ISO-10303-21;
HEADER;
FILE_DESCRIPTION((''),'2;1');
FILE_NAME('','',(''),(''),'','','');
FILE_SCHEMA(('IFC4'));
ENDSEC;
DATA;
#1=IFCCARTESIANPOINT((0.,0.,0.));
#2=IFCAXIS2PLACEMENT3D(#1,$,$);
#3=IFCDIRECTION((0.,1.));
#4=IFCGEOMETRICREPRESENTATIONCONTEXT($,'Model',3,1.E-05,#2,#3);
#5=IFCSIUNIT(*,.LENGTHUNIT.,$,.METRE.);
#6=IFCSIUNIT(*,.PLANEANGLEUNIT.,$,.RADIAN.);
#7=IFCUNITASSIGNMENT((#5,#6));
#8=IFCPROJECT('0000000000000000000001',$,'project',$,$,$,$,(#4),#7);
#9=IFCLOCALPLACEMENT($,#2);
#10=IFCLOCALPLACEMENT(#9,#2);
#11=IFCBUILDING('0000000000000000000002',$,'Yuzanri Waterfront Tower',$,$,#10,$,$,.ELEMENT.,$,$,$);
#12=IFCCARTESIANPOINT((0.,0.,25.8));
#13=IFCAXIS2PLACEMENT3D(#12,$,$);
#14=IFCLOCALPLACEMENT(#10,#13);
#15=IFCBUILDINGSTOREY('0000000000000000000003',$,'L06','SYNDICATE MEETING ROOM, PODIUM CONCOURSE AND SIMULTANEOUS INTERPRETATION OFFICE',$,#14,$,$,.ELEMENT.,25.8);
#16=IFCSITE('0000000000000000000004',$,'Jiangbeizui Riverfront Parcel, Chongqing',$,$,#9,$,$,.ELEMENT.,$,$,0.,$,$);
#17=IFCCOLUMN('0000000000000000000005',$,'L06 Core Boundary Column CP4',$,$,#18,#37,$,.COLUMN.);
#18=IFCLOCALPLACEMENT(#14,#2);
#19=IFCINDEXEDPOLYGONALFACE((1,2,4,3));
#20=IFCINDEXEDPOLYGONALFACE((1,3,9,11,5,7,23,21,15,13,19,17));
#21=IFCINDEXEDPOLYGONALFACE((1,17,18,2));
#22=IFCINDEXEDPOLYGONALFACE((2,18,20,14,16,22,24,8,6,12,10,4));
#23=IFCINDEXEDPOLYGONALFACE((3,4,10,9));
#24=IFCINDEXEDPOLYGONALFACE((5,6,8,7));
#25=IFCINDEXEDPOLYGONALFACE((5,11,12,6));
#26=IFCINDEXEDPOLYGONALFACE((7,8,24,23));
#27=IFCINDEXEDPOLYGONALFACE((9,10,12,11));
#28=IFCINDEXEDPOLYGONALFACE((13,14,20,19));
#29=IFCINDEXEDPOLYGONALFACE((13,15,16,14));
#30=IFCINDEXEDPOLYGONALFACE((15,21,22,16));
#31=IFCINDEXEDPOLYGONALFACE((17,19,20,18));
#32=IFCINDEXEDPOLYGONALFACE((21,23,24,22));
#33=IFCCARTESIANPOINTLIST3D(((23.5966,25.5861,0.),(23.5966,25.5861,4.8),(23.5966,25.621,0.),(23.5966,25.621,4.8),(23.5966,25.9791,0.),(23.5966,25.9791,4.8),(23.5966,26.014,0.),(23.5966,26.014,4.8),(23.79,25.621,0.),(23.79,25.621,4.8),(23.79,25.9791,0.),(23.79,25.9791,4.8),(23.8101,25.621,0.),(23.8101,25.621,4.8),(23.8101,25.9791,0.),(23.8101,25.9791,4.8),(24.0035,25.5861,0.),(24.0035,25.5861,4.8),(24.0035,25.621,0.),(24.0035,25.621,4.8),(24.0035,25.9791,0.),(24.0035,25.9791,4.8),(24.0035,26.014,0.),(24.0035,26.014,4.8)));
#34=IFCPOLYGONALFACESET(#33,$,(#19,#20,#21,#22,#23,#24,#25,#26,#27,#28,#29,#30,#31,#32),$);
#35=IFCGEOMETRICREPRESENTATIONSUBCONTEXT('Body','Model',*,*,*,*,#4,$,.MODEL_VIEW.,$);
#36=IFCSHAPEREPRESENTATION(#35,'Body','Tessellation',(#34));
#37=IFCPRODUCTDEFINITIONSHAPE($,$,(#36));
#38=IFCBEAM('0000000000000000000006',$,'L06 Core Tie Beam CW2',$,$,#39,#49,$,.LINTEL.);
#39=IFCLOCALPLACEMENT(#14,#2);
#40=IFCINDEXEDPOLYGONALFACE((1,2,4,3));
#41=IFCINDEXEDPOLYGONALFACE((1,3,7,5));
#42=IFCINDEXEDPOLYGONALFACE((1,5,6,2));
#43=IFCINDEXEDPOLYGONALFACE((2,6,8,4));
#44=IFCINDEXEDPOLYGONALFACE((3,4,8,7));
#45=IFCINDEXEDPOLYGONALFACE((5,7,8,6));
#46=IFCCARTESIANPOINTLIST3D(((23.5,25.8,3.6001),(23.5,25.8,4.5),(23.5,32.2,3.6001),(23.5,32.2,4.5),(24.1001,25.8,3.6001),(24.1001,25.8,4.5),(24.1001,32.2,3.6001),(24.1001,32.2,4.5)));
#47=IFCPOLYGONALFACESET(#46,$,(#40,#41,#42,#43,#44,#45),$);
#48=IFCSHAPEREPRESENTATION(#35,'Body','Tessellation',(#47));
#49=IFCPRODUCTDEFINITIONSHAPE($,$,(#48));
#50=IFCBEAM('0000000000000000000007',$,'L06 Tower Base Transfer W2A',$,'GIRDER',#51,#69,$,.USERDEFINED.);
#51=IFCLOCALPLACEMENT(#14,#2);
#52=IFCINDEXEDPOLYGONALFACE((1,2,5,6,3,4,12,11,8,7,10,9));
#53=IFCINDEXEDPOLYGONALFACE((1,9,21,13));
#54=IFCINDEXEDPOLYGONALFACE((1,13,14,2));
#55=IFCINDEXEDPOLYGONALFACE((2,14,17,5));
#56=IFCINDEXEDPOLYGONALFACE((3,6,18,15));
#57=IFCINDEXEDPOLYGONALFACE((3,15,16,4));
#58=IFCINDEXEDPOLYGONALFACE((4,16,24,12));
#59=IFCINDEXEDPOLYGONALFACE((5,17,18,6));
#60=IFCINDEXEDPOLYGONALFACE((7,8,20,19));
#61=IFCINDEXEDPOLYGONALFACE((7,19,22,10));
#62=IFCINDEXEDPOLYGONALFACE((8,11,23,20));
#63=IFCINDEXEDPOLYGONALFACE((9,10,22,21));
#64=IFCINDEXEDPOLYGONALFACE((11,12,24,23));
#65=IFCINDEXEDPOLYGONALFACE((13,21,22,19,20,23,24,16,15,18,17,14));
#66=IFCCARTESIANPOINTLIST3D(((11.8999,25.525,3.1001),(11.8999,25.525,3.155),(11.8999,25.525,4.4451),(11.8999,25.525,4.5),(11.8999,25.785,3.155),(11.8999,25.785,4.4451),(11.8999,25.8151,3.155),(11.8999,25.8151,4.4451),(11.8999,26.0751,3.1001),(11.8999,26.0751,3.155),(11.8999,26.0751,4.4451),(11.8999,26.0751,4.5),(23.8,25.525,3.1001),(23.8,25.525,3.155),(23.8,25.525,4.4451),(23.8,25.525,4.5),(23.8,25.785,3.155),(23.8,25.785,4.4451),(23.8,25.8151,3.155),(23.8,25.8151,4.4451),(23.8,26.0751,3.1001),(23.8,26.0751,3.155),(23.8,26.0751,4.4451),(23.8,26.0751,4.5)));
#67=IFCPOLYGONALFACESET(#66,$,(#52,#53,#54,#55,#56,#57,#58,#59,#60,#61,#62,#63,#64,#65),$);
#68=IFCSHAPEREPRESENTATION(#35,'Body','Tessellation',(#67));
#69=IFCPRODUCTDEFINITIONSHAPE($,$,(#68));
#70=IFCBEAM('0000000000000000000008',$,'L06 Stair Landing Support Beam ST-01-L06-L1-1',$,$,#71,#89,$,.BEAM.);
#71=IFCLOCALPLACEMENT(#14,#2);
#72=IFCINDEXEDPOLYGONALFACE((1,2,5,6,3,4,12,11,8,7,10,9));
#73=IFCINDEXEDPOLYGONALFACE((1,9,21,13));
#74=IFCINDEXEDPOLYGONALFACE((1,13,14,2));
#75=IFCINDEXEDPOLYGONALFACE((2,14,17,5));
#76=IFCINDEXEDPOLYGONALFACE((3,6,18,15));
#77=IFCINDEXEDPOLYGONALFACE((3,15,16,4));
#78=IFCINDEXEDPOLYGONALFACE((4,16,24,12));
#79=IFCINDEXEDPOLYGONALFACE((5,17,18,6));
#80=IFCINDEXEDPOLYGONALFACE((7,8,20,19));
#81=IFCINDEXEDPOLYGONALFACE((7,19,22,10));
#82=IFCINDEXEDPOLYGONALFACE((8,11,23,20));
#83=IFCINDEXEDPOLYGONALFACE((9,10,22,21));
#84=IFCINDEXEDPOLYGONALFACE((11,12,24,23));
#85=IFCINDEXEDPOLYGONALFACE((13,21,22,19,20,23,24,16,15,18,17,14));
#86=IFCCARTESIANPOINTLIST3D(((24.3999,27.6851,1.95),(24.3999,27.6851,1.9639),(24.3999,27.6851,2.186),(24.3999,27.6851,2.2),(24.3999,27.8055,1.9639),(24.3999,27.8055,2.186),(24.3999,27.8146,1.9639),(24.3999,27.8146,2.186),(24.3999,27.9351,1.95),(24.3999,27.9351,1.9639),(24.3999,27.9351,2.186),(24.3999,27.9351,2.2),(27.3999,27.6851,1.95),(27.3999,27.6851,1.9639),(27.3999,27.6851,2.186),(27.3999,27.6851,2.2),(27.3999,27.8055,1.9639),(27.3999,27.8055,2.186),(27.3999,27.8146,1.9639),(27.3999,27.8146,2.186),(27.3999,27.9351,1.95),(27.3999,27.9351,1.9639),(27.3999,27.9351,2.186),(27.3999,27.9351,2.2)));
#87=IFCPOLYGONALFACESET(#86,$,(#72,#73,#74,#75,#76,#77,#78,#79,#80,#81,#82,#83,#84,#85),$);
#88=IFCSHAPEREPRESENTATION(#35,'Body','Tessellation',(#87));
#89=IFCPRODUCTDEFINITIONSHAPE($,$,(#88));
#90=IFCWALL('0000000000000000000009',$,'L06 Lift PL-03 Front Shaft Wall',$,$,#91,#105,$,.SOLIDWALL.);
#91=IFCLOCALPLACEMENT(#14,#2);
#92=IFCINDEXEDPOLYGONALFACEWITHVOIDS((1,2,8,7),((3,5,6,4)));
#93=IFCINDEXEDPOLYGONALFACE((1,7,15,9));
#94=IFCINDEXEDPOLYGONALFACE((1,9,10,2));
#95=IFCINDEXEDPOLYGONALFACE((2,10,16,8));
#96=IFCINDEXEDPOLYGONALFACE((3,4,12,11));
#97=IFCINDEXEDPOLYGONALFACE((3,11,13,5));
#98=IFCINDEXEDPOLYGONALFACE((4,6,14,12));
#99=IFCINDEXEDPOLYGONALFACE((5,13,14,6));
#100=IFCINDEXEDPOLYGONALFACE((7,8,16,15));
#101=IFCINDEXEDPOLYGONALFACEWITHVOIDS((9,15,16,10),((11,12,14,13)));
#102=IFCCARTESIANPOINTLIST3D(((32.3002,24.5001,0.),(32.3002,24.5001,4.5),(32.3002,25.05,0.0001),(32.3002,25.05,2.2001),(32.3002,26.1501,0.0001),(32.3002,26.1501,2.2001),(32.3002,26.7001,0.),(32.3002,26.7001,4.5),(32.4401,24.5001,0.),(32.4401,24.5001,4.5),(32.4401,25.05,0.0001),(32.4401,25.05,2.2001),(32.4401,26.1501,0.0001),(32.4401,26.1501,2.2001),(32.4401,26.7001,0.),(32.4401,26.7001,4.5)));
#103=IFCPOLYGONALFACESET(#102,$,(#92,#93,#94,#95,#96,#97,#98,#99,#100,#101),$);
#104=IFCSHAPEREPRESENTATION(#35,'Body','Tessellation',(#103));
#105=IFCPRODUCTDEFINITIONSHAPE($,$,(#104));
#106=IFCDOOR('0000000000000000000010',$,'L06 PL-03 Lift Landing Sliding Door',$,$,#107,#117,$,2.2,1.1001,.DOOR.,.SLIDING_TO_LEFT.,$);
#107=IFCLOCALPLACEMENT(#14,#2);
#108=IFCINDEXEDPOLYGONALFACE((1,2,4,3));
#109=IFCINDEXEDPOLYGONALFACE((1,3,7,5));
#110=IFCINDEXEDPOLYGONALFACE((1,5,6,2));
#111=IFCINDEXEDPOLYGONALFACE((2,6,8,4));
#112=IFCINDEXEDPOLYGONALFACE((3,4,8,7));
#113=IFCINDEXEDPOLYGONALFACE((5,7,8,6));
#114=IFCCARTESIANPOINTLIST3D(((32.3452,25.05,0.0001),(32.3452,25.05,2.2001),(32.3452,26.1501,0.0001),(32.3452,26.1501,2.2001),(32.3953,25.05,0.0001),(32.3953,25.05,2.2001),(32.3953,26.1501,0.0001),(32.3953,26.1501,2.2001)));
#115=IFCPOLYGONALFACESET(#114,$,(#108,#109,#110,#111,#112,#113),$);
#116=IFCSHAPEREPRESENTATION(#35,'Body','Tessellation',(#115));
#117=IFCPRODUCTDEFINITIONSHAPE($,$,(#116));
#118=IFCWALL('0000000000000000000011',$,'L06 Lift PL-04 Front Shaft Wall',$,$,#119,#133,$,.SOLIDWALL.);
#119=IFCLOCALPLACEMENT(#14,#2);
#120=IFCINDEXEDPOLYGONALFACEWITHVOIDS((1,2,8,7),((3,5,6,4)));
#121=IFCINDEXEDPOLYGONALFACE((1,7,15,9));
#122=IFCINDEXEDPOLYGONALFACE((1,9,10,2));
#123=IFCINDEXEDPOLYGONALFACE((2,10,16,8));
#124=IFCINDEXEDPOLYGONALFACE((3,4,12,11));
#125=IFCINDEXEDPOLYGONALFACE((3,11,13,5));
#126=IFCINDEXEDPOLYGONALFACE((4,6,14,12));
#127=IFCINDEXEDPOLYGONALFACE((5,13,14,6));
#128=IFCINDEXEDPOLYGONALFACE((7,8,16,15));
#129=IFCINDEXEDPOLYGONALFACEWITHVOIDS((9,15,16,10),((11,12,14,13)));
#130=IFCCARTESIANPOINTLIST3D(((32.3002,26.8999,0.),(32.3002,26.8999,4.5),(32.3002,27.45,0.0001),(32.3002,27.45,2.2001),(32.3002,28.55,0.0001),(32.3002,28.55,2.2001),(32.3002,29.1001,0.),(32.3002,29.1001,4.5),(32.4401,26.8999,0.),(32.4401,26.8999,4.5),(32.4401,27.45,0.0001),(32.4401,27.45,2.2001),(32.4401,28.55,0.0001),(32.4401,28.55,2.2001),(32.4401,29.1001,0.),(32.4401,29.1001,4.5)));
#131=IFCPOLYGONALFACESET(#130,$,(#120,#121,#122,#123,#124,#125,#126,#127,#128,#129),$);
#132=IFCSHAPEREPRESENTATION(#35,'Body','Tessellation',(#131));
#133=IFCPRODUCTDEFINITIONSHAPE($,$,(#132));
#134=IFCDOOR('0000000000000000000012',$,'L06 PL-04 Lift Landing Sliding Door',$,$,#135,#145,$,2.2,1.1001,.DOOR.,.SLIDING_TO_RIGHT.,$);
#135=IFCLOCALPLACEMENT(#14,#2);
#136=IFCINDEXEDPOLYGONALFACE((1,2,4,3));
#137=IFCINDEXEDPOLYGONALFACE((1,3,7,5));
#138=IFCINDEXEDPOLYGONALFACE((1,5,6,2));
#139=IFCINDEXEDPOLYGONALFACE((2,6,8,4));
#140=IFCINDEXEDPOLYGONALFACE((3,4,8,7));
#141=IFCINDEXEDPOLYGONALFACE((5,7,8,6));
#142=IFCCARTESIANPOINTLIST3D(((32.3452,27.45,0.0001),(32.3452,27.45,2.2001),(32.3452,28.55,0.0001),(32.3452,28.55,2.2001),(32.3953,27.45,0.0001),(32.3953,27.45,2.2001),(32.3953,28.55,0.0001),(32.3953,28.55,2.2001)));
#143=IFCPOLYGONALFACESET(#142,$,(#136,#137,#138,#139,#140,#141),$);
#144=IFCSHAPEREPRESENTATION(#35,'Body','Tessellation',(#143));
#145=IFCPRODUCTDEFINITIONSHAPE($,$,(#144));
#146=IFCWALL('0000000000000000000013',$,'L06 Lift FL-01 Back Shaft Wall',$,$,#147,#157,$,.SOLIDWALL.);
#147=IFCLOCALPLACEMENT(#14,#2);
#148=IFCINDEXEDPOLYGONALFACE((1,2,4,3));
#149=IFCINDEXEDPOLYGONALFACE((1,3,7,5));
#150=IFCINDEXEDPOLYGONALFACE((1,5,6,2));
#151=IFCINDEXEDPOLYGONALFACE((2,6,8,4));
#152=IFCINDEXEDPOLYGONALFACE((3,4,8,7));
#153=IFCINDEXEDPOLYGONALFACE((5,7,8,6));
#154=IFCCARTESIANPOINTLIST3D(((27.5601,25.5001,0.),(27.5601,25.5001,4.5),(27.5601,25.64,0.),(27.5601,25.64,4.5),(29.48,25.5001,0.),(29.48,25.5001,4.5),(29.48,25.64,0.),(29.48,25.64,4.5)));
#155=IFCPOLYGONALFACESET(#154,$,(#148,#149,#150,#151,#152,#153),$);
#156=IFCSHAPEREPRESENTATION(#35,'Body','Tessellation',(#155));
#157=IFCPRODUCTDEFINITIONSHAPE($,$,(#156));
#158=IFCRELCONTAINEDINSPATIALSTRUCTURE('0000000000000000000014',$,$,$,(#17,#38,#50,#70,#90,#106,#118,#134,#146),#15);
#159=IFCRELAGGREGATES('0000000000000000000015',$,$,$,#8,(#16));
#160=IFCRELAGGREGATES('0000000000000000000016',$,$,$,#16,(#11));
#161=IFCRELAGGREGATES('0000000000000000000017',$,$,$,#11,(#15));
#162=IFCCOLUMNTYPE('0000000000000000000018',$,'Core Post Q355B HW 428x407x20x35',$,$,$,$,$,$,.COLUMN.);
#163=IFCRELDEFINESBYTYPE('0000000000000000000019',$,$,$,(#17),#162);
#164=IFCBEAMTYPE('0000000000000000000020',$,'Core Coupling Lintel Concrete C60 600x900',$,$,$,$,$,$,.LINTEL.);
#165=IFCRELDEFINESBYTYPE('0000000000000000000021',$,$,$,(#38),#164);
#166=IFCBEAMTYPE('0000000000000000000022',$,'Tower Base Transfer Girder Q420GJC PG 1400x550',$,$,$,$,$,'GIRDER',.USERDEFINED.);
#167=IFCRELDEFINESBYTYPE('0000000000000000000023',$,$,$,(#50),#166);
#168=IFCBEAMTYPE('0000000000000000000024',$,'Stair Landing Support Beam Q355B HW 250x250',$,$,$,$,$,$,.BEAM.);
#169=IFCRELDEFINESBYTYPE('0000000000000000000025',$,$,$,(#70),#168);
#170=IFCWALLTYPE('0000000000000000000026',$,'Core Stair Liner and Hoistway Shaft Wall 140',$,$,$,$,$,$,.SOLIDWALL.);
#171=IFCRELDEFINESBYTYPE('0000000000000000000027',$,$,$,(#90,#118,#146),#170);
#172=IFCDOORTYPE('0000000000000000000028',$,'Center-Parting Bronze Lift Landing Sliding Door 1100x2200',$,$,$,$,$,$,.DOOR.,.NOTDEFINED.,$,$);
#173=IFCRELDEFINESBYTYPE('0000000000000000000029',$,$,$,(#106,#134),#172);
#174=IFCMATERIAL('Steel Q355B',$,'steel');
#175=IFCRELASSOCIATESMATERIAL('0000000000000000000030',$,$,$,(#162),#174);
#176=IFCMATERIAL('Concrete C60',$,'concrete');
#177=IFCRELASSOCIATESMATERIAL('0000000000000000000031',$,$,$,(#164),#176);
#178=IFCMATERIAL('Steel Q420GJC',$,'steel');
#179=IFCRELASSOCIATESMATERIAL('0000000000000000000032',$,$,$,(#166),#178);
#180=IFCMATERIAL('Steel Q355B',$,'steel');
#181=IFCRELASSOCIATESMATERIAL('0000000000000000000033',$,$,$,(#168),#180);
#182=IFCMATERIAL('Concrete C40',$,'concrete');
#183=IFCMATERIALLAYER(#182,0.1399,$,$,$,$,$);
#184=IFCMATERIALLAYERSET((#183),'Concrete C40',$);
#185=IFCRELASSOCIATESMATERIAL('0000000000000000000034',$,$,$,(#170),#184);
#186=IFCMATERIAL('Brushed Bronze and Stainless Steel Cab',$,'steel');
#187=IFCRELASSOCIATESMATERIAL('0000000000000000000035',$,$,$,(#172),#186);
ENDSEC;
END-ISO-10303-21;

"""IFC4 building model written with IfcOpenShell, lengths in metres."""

from ifc_helpers import new_model, si_unit, direction, frame, frame_2d, origin, origin_2d, place, context, subcontext, project, spatial, rectangle, i_section, extrude, source, transform, mapped, material, layer, layer_set, material_profile, profile_set, type_object, element, fill, save


model = new_model("IFC4")

# Units and contexts
model_context = context("Model", 3, precision=1e-05, world=origin(), true_north=direction((0.0, 1.0)))
body_context = subcontext(model_context, "Body", "Model", "MODEL_VIEW")
ifc_project = project(units=[si_unit("LENGTHUNIT", "METRE"), si_unit("PLANEANGLEUNIT", "RADIAN")], contexts=[model_context])

# Site, building, storey
site_placement = place(None, origin())
site = spatial("IfcSite", under=ifc_project, at=site_placement, Name="Jiangbeizui Riverfront Parcel, Chongqing", CompositionType="ELEMENT", RefElevation=0.0)
building_placement = place(site_placement, origin())
building = spatial("IfcBuilding", under=site, at=building_placement, Name="Yuzanri Waterfront Tower", CompositionType="ELEMENT")
storey_placement = place(building_placement, frame((0.0, 0.0, 25.8)))
storey = spatial("IfcBuildingStorey", under=building, at=storey_placement, Name="L06", Description="SYNDICATE MEETING ROOM, PODIUM CONCOURSE AND SIMULTANEOUS INTERPRETATION OFFICE", CompositionType="ELEMENT", Elevation=25.8)

# Column
ifc_material_1 = material(Name="Steel Q355B", Category="steel")
ifc_material_profile_1 = material_profile(ifc_material_1, i_section(OverallWidth=0.407, OverallDepth=0.428, WebThickness=0.02, FlangeThickness=0.0349, at=origin_2d()), Name="HW 428x407x20x35")
ifc_profile_set_1 = profile_set([ifc_material_profile_1], Name="Steel Q355B")
column_type = type_object("IfcColumnType", Name="Core Post Q355B HW 428x407x20x35", PredefinedType="COLUMN", material=ifc_profile_set_1)
shared_shape_1 = source(origin(), body_context, "Body", "SweptSolid", [
    extrude(i_section(OverallWidth=0.407, OverallDepth=0.428, WebThickness=0.02, FlangeThickness=0.0349, at=origin_2d()), origin(), (0.0, 0.0, 1.0), 4.8),
])
column_placement = place(storey_placement, frame((23.8, 25.8, 0.0), z_axis=(0.0, 0.0, 1.0), x_axis=(1.0, 0.0, 0.0)))
element("IfcColumn", 1, at=column_placement, inside=storey, type_object=column_type, Name="L06 Core Boundary Column CP4", PredefinedType="COLUMN", context=body_context, shape_type="MappedRepresentation", body=[
    mapped(shared_shape_1, transform((0.0, 0.0, 0.0), scale=1.0)),
])

# Beams
ifc_material_2 = material(Name="Concrete C60", Category="concrete")
ifc_material_profile_2 = material_profile(ifc_material_2, rectangle(XDim=0.6001, YDim=0.8999, at=origin_2d()), Name="RC 600x900")
ifc_profile_set_2 = profile_set([ifc_material_profile_2], Name="Concrete C60")
beam_type_1 = type_object("IfcBeamType", Name="Core Coupling Lintel Concrete C60 600x900", PredefinedType="LINTEL", material=ifc_profile_set_2)
shared_shape_2 = source(origin(), body_context, "Body", "SweptSolid", [
    extrude(rectangle(XDim=0.6001, YDim=0.8999, at=origin_2d()), origin(), (0.0, 0.0, 1.0), 6.3999),
])
beam_1_placement = place(storey_placement, frame((23.8, 25.8, 4.05), z_axis=(0.0, 1.0, 0.0), x_axis=(-1.0, 0.0, 0.0)))
element("IfcBeam", 2, at=beam_1_placement, inside=storey, type_object=beam_type_1, Name="L06 Core Tie Beam CW2", PredefinedType="LINTEL", context=body_context, shape_type="MappedRepresentation", body=[
    mapped(shared_shape_2, transform((0.0, 0.0, 0.0), scale=1.0)),
])
ifc_material_3 = material(Name="Steel Q420GJC", Category="steel")
ifc_material_profile_3 = material_profile(ifc_material_3, i_section(OverallWidth=0.55, OverallDepth=1.3999, WebThickness=0.03, FlangeThickness=0.0549, at=origin_2d()), Name="PG 1400x550x30x55")
ifc_profile_set_3 = profile_set([ifc_material_profile_3], Name="Steel Q420GJC")
beam_type_2 = type_object("IfcBeamType", Name="Tower Base Transfer Girder Q420GJC PG 1400x550", ElementType="GIRDER", PredefinedType="USERDEFINED", material=ifc_profile_set_3)
shared_shape_3 = source(origin(), body_context, "Body", "SweptSolid", [
    extrude(i_section(OverallWidth=0.55, OverallDepth=1.3999, WebThickness=0.03, FlangeThickness=0.0549, at=origin_2d()), origin(), (0.0, 0.0, 1.0), 11.9001),
])
beam_2_placement = place(storey_placement, frame((23.8, 25.8, 3.8), z_axis=(-1.0, 0.0, 0.0), x_axis=(0.0, -1.0, 0.0)))
element("IfcBeam", 3, at=beam_2_placement, inside=storey, type_object=beam_type_2, Name="L06 Tower Base Transfer W2A", ObjectType="GIRDER", PredefinedType="USERDEFINED", context=body_context, shape_type="MappedRepresentation", body=[
    mapped(shared_shape_3, transform((0.0, 0.0, 0.0), scale=1.0)),
])
ifc_material_4 = material(Name="Steel Q355B", Category="steel")
ifc_material_profile_4 = material_profile(ifc_material_4, i_section(OverallWidth=0.25, OverallDepth=0.25, WebThickness=0.009, FlangeThickness=0.0139, at=origin_2d()), Name="HW 250x250x9x14")
ifc_profile_set_4 = profile_set([ifc_material_profile_4], Name="Steel Q355B")
beam_type_3 = type_object("IfcBeamType", Name="Stair Landing Support Beam Q355B HW 250x250", PredefinedType="BEAM", material=ifc_profile_set_4)
shared_shape_4 = source(origin(), body_context, "Body", "SweptSolid", [
    extrude(i_section(OverallWidth=0.25, OverallDepth=0.25, WebThickness=0.009, FlangeThickness=0.0139, at=origin_2d()), origin(), (0.0, 0.0, 1.0), 3.0),
])
beam_3_placement = place(storey_placement, frame((24.3999, 27.8101, 2.075), z_axis=(1.0, 0.0, 0.0), x_axis=(0.0, 1.0, 0.0)))
element("IfcBeam", 4, at=beam_3_placement, inside=storey, type_object=beam_type_3, Name="L06 Stair Landing Support Beam ST-01-L06-L1-1", PredefinedType="BEAM", context=body_context, shape_type="MappedRepresentation", body=[
    mapped(shared_shape_4, transform((0.0, 0.0, 0.0), scale=1.0)),
])

# Walls, openings, doors
ifc_material_5 = material(Name="Concrete C40", Category="concrete")
ifc_layer_1 = layer(ifc_material_5, 0.1399)
ifc_layer_set_1 = layer_set([ifc_layer_1], Name="Concrete C40")
wall_type_1 = type_object("IfcWallType", Name="Core Stair Liner and Hoistway Shaft Wall 140", PredefinedType="SOLIDWALL", material=ifc_layer_set_1)
wall_1_placement = place(storey_placement, frame((32.3701, 24.5, 0.0), z_axis=(0.0, 0.0, 1.0), x_axis=(0.0, 1.0, 0.0)))
wall_1 = element("IfcWall", 5, at=wall_1_placement, inside=storey, type_object=wall_type_1, Name="L06 Lift PL-03 Front Shaft Wall", PredefinedType="SOLIDWALL", context=body_context, shape_type="SweptSolid", body=[
    extrude(rectangle(XDim=2.2, YDim=0.1399, at=frame_2d((1.1001, 0.0))), origin(), (0.0, 0.0, 1.0), 4.5),
])
opening_1_placement = place(wall_1_placement, frame((0.55, 0.0, 0.0)))
opening_1 = element("IfcOpeningElement", 6, at=opening_1_placement, cuts=wall_1, PredefinedType="OPENING", context=body_context, shape_type="SweptSolid", body=[
    extrude(rectangle(XDim=1.1001, YDim=2.2, at=frame_2d((0.55, 1.1001))), frame((0.0, 0.085, 0.0), z_axis=(0.0, -1.0, 0.0), x_axis=(1.0, 0.0, 0.0)), (0.0, 0.0, 1.0), 0.1697),
])
ifc_material_6 = material(Name="Brushed Bronze and Stainless Steel Cab", Category="steel")
door_type_1 = type_object("IfcDoorType", Name="Center-Parting Bronze Lift Landing Sliding Door 1100x2200", OperationType="NOTDEFINED", PredefinedType="DOOR", material=ifc_material_6)
shared_shape_5 = source(origin(), body_context, "Body", "SweptSolid", [
    extrude(rectangle(XDim=1.1001, YDim=2.2, at=frame_2d((0.55, 1.1001))), frame((0.0, 0.0249, 0.0), z_axis=(0.0, -1.0, 0.0), x_axis=(1.0, 0.0, 0.0)), (0.0, 0.0, 1.0), 0.05),
])
door_1_placement = place(opening_1_placement, origin())
door_1 = element("IfcDoor", 7, at=door_1_placement, inside=storey, type_object=door_type_1, Name="L06 PL-03 Lift Landing Sliding Door", OperationType="SLIDING_TO_LEFT", OverallHeight=2.2, OverallWidth=1.1001, PredefinedType="DOOR", context=body_context, shape_type="MappedRepresentation", body=[
    mapped(shared_shape_5, transform((0.0, 0.0, 0.0), scale=1.0)),
])
fill(opening_1, door_1)
wall_2_placement = place(storey_placement, frame((32.3701, 26.8999, 0.0), z_axis=(0.0, 0.0, 1.0), x_axis=(0.0, 1.0, 0.0)))
wall_2 = element("IfcWall", 8, at=wall_2_placement, inside=storey, type_object=wall_type_1, Name="L06 Lift PL-04 Front Shaft Wall", PredefinedType="SOLIDWALL", context=body_context, shape_type="SweptSolid", body=[
    extrude(rectangle(XDim=2.2002, YDim=0.1399, at=frame_2d((1.1001, 0.0))), origin(), (0.0, 0.0, 1.0), 4.5),
])
opening_2_placement = place(wall_2_placement, frame((0.55, 0.0, 0.0)))
opening_2 = element("IfcOpeningElement", 9, at=opening_2_placement, cuts=wall_2, PredefinedType="OPENING", context=body_context, shape_type="SweptSolid", body=[
    extrude(rectangle(XDim=1.1001, YDim=2.2, at=frame_2d((0.55, 1.1001))), frame((0.0, 0.085, 0.0), z_axis=(0.0, -1.0, 0.0), x_axis=(1.0, 0.0, 0.0)), (0.0, 0.0, 1.0), 0.1697),
])
door_2_placement = place(opening_2_placement, origin())
door_2 = element("IfcDoor", 10, at=door_2_placement, inside=storey, type_object=door_type_1, Name="L06 PL-04 Lift Landing Sliding Door", OperationType="SLIDING_TO_RIGHT", OverallHeight=2.2, OverallWidth=1.1001, PredefinedType="DOOR", context=body_context, shape_type="MappedRepresentation", body=[
    mapped(shared_shape_5, transform((0.0, 0.0, 0.0), scale=1.0)),
])
fill(opening_2, door_2)

# Wall
shared_shape_6 = source(origin(), body_context, "Body", "SweptSolid", [
    extrude(rectangle(XDim=1.9199, YDim=0.1399, at=frame_2d((0.96, 0.0))), origin(), (0.0, 0.0, 1.0), 4.5),
])
wall_3_placement = place(storey_placement, frame((27.5601, 25.5701, 0.0), z_axis=(0.0, 0.0, 1.0), x_axis=(1.0, 0.0, 0.0)))
element("IfcWall", 11, at=wall_3_placement, inside=storey, type_object=wall_type_1, Name="L06 Lift FL-01 Back Shaft Wall", PredefinedType="SOLIDWALL", context=body_context, shape_type="MappedRepresentation", body=[
    mapped(shared_shape_6, transform((0.0, 0.0, 0.0), scale=1.0)),
])

save(model, "model.ifc")
